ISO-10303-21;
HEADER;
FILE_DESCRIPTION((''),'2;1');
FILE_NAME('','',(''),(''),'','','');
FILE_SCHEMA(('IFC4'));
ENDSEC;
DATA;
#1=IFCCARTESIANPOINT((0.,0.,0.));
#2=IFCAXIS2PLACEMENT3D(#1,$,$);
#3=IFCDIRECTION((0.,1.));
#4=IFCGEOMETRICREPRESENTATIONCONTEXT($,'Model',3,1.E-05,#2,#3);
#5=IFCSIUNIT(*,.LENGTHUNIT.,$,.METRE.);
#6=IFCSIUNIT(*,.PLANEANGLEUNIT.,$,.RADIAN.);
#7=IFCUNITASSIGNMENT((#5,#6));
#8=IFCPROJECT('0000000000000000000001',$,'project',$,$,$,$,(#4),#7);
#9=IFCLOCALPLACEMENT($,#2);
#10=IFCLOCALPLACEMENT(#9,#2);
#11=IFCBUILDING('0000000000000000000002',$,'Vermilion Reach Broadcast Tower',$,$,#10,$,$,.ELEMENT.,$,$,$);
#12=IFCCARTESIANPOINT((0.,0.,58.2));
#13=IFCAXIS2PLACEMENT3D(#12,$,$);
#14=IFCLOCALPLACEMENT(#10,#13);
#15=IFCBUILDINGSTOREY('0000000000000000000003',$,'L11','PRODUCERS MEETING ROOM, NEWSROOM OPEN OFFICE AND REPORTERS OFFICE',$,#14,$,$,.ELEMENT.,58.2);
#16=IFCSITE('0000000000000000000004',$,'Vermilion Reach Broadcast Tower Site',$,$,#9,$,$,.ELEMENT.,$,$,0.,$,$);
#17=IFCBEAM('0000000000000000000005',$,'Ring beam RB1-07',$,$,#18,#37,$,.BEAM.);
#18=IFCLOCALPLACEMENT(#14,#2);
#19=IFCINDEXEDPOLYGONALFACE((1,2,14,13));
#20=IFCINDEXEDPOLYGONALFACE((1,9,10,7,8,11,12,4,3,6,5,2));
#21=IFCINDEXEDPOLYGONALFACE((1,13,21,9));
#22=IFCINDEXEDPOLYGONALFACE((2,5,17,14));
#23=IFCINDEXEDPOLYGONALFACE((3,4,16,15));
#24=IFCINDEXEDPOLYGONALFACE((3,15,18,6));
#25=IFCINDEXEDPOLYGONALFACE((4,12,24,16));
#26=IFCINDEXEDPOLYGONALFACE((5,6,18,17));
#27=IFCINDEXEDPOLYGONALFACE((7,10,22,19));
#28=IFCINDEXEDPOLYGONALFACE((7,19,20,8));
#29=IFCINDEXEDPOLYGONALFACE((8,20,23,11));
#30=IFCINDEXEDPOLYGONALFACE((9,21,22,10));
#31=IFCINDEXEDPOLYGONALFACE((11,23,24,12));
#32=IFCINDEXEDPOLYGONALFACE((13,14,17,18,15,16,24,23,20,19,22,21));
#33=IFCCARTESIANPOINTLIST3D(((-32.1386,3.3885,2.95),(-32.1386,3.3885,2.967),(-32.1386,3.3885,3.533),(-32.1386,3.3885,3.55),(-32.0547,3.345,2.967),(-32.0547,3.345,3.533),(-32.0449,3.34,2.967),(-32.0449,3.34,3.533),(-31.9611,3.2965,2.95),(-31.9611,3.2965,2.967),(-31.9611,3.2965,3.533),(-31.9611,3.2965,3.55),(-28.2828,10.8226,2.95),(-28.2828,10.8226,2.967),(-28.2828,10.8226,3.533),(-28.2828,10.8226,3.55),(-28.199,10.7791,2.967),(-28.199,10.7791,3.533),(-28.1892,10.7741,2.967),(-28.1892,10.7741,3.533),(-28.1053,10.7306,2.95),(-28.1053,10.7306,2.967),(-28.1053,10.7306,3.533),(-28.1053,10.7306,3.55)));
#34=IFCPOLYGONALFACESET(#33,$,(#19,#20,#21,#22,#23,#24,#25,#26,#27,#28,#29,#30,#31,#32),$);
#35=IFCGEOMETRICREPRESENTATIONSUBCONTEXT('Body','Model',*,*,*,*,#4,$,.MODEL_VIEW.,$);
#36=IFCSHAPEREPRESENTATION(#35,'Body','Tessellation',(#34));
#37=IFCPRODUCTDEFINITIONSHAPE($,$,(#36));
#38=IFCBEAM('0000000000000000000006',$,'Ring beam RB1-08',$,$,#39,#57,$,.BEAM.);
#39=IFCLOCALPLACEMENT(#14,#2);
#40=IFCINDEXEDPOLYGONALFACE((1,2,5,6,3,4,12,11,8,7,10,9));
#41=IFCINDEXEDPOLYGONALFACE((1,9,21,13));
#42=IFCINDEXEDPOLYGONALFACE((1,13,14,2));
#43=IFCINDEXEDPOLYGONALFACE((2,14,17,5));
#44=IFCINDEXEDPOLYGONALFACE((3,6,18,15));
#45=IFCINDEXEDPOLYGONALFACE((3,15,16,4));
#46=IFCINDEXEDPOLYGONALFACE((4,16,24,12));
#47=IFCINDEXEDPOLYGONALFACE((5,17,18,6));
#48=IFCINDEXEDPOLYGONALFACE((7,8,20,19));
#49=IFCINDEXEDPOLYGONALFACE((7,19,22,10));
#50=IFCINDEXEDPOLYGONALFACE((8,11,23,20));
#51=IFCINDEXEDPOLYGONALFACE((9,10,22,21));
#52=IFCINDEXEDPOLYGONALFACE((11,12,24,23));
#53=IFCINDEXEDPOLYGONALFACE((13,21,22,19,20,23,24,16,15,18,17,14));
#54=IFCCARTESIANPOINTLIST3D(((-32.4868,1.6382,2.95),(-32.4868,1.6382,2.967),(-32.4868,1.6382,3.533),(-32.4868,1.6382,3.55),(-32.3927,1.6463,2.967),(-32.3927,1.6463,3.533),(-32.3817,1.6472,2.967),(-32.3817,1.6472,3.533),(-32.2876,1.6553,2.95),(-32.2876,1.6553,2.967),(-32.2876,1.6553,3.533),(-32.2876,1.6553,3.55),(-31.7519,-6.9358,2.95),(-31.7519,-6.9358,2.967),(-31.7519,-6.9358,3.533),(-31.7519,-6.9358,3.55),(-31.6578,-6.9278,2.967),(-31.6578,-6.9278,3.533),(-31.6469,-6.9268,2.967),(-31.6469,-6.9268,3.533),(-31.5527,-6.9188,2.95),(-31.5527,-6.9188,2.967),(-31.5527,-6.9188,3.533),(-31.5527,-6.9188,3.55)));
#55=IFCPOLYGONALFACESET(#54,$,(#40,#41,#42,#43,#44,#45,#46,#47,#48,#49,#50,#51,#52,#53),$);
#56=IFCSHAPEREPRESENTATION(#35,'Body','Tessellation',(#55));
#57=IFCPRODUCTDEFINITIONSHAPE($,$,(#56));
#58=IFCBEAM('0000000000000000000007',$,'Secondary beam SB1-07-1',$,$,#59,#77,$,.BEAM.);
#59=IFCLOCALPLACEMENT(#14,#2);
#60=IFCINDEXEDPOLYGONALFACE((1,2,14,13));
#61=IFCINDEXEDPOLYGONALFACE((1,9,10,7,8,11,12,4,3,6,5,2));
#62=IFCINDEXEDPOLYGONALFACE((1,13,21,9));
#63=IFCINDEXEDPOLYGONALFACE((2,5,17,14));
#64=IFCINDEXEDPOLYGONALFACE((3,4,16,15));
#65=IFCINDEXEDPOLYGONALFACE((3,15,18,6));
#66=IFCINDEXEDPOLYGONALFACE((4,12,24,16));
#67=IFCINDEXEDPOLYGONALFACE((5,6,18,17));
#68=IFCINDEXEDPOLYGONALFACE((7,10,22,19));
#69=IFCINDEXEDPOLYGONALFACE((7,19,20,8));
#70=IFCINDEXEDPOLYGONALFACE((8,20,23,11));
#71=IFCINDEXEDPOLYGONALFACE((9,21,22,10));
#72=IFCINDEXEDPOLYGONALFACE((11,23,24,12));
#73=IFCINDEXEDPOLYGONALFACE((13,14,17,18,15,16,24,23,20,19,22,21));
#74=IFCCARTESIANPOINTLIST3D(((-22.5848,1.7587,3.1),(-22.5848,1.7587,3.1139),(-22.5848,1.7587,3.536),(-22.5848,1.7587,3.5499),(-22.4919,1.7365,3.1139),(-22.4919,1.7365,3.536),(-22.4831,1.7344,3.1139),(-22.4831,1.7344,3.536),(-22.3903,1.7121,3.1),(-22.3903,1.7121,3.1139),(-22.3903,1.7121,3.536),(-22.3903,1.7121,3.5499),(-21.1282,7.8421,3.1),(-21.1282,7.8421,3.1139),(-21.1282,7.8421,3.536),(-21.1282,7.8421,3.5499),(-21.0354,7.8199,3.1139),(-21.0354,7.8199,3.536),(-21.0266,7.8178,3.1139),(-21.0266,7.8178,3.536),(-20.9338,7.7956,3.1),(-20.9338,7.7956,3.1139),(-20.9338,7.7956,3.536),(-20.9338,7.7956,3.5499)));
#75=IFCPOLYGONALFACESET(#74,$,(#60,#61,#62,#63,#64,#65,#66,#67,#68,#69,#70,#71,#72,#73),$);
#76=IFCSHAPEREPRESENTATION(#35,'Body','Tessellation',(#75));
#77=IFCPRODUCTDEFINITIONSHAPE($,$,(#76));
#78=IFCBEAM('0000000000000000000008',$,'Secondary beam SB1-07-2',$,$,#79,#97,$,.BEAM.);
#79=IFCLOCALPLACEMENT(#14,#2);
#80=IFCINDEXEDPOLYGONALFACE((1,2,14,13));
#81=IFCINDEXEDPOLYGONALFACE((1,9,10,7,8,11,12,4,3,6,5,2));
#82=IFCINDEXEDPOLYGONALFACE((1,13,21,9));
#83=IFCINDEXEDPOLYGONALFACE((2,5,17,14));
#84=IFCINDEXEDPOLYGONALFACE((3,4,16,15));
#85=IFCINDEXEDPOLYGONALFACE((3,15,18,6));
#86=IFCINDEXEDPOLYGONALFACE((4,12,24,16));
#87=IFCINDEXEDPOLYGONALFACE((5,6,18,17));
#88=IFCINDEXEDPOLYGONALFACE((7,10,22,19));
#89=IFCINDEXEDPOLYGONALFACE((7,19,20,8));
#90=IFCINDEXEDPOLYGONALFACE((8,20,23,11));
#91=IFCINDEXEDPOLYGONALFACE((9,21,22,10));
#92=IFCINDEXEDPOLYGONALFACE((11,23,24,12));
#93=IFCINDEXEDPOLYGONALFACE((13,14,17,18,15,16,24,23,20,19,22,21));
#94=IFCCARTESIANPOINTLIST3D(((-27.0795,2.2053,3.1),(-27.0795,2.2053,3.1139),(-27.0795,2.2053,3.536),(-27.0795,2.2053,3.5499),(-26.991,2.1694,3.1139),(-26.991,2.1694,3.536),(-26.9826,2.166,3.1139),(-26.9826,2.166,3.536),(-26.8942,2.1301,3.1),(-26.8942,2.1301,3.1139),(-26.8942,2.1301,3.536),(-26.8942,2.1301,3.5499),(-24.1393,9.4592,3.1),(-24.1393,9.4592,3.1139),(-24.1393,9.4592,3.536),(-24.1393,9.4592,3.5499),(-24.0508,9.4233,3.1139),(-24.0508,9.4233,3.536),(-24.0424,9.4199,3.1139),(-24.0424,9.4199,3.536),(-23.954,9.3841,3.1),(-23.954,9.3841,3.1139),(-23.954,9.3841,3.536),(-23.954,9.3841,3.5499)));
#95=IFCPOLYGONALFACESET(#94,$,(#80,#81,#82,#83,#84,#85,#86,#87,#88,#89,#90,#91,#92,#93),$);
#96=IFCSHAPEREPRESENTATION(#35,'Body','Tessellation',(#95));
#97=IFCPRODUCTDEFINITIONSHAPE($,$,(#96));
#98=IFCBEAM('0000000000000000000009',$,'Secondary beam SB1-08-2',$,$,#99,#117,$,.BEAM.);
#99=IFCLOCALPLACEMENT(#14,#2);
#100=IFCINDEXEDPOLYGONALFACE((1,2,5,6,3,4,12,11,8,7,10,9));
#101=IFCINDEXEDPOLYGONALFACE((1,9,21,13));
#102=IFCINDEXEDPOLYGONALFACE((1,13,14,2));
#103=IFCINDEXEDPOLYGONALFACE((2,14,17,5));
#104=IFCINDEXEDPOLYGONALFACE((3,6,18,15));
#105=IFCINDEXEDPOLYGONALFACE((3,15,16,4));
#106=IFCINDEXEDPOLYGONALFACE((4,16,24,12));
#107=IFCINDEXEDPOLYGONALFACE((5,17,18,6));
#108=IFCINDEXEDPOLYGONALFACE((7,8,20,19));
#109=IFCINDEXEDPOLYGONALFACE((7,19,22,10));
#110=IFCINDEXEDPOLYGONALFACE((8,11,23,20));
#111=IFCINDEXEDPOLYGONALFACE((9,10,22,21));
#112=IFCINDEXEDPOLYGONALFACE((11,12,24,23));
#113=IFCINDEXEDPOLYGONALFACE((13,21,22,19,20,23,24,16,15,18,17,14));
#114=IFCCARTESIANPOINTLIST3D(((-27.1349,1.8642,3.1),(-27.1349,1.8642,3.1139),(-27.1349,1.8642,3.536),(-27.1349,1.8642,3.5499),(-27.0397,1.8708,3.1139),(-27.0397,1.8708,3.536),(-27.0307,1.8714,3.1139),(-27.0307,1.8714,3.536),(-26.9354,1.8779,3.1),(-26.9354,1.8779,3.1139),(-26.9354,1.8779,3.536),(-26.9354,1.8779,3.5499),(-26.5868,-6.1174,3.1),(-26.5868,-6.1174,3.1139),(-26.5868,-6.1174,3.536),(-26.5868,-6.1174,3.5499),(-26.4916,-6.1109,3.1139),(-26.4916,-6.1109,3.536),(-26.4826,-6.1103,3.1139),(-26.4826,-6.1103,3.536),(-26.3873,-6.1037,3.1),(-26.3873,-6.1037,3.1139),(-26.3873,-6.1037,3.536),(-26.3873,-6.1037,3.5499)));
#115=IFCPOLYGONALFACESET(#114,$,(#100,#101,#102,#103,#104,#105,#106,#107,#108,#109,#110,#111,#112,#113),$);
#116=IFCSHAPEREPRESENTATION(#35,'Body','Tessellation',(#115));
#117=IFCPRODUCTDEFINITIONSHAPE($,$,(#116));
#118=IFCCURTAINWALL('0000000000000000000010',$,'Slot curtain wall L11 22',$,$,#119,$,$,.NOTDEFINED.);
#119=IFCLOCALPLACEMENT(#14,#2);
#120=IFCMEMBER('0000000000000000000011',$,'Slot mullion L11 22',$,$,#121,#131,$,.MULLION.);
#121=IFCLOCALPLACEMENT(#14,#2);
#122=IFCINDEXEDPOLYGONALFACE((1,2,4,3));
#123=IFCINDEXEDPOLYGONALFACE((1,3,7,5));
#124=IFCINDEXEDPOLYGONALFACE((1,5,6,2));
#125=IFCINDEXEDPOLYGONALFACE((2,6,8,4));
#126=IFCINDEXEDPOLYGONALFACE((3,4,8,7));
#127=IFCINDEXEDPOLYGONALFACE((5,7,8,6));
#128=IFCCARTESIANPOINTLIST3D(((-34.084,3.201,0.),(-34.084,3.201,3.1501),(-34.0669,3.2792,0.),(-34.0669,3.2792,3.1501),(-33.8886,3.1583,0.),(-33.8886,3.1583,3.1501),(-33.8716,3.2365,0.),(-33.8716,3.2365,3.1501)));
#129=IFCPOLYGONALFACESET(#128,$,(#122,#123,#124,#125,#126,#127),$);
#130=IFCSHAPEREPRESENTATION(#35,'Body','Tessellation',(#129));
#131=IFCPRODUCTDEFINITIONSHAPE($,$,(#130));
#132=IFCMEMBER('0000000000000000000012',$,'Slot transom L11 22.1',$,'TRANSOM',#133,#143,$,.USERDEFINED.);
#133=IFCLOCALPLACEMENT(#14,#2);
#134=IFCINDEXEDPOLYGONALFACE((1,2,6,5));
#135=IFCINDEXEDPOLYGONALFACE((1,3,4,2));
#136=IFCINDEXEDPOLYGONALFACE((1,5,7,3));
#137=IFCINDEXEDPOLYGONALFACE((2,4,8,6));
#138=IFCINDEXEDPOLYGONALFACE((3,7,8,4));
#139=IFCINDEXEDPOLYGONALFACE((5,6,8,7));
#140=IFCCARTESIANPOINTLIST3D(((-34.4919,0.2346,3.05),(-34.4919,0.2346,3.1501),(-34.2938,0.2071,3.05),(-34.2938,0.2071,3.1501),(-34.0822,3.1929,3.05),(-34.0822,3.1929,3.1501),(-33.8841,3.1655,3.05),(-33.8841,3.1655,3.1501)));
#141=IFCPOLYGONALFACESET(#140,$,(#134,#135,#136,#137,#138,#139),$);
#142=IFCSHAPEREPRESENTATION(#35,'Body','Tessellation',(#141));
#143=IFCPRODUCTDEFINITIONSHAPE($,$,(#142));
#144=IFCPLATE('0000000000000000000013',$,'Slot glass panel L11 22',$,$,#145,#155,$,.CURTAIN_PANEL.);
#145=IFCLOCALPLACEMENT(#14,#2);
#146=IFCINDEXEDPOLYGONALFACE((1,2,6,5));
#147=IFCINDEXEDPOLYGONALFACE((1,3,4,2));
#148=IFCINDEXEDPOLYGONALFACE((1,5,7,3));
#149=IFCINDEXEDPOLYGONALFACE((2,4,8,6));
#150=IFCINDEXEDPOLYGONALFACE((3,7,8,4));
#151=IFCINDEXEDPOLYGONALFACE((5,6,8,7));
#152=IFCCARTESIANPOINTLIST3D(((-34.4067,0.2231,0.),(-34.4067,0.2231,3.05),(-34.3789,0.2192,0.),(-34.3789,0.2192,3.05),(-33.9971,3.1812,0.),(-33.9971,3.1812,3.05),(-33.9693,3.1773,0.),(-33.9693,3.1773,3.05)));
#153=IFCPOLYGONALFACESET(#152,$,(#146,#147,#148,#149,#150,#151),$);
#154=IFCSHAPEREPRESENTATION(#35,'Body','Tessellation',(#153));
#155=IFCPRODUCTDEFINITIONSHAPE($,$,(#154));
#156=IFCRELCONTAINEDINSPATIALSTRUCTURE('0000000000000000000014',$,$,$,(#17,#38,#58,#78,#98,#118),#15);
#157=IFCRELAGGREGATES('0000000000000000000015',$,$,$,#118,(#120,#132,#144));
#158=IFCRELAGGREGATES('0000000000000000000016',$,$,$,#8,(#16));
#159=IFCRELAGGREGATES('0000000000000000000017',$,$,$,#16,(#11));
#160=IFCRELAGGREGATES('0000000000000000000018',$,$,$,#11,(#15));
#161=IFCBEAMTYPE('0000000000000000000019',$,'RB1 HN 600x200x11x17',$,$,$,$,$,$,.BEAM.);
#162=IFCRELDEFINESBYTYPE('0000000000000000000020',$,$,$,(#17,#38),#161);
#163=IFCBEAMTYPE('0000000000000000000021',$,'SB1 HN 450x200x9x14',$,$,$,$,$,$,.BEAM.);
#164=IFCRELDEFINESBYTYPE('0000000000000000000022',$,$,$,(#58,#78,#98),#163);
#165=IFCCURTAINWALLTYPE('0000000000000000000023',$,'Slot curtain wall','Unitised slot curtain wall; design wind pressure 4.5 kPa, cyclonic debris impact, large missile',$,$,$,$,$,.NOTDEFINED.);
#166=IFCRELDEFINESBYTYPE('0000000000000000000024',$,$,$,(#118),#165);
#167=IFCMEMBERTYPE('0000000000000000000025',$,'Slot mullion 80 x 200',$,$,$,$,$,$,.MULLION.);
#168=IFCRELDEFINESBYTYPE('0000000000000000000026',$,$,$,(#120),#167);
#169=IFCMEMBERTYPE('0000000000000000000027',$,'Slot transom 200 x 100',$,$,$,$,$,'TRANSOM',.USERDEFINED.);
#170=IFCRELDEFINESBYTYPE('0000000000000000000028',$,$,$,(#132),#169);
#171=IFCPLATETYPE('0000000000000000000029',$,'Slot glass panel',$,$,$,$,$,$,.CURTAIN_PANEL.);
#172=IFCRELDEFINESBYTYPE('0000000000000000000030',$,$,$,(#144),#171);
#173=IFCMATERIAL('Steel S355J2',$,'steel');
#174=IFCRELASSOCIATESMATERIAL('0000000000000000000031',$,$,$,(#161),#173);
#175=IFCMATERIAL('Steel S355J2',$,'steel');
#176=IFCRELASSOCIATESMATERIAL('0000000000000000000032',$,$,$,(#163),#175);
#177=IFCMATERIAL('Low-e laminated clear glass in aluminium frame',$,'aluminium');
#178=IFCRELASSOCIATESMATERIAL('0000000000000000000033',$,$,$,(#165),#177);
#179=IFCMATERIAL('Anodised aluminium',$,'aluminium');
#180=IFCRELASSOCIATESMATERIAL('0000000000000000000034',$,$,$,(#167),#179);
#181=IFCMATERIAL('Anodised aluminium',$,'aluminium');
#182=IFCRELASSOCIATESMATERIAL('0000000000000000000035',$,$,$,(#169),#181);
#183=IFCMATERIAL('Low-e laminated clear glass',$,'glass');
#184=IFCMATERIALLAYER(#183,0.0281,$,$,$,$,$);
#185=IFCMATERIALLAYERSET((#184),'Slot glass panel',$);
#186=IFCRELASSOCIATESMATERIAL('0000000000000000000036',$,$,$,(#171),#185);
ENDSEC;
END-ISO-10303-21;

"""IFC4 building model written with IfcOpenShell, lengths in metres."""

from ifc_helpers import new_model, si_unit, direction, frame, origin, origin_2d, place, context, subcontext, project, spatial, rectangle, i_section, extrude, material, layer, layer_set, material_profile, profile_set, type_object, element, aggregate, save


model = new_model("IFC4")

# Units and contexts
model_context = context("Model", 3, precision=1e-05, world=origin(), true_north=direction((0.0, 1.0)))
body_context = subcontext(model_context, "Body", "Model", "MODEL_VIEW")
ifc_project = project(units=[si_unit("LENGTHUNIT", "METRE"), si_unit("PLANEANGLEUNIT", "RADIAN")], contexts=[model_context])

# Site, building, storey
site_placement = place(None, origin())
site = spatial("IfcSite", under=ifc_project, at=site_placement, Name="Vermilion Reach Broadcast Tower Site", CompositionType="ELEMENT", RefElevation=0.0)
building_placement = place(site_placement, origin())
building = spatial("IfcBuilding", under=site, at=building_placement, Name="Vermilion Reach Broadcast Tower", CompositionType="ELEMENT")
storey_placement = place(building_placement, frame((0.0, 0.0, 58.2)))
storey = spatial("IfcBuildingStorey", under=building, at=storey_placement, Name="L11", Description="PRODUCERS MEETING ROOM, NEWSROOM OPEN OFFICE AND REPORTERS OFFICE", CompositionType="ELEMENT", Elevation=58.2)

# Beams
ifc_material_1 = material(Name="Steel S355J2", Category="steel")
ifc_material_profile_1 = material_profile(ifc_material_1, i_section(OverallWidth=0.2, OverallDepth=0.6001, WebThickness=0.011, FlangeThickness=0.0171, at=origin_2d()), Name="S355J2 HN 600x200x11x17")
ifc_profile_set_1 = profile_set([ifc_material_profile_1], Name="Steel S355J2")
beam_type_1 = type_object("IfcBeamType", Name="RB1 HN 600x200x11x17", PredefinedType="BEAM", material=ifc_profile_set_1)
beam_1_placement = place(storey_placement, frame((-28.1941, 10.7766, 3.25), z_axis=(-0.460412, -0.887706, 0.0), x_axis=(0.887706, -0.460412, 0.0)))
element("IfcBeam", 1, at=beam_1_placement, inside=storey, type_object=beam_type_1, Name="Ring beam RB1-07", PredefinedType="BEAM", context=body_context, shape_type="SweptSolid", body=[
    extrude(i_section(OverallWidth=0.2, OverallDepth=0.6001, WebThickness=0.011, FlangeThickness=0.0171, at=origin_2d()), origin(), (0.0, 0.0, 1.0), 8.3745),
])
beam_2_placement = place(storey_placement, frame((-32.3872, 1.6467, 3.25), z_axis=(0.085396, -0.996347, 0.0), x_axis=(0.996347, 0.085396, 0.0)))
element("IfcBeam", 2, at=beam_2_placement, inside=storey, type_object=beam_type_1, Name="Ring beam RB1-08", PredefinedType="BEAM", context=body_context, shape_type="SweptSolid", body=[
    extrude(i_section(OverallWidth=0.2, OverallDepth=0.6001, WebThickness=0.011, FlangeThickness=0.0171, at=origin_2d()), origin(), (0.0, 0.0, 1.0), 8.6055),
])
ifc_material_2 = material(Name="Steel S355J2", Category="steel")
ifc_material_profile_2 = material_profile(ifc_material_2, i_section(OverallWidth=0.2, OverallDepth=0.45, WebThickness=0.009, FlangeThickness=0.0139, at=origin_2d()), Name="S355J2 HN 450x200x9x14")
ifc_profile_set_2 = profile_set([ifc_material_profile_2], Name="Steel S355J2")
beam_type_2 = type_object("IfcBeamType", Name="SB1 HN 450x200x9x14", PredefinedType="BEAM", material=ifc_profile_set_2)
beam_3_placement = place(storey_placement, frame((-21.031, 7.8188, 3.325), z_axis=(-0.232844, -0.972514, 0.0), x_axis=(0.972514, -0.232844, 0.0)))
element("IfcBeam", 3, at=beam_3_placement, inside=storey, type_object=beam_type_2, Name="Secondary beam SB1-07-1", PredefinedType="BEAM", context=body_context, shape_type="SweptSolid", body=[
    extrude(i_section(OverallWidth=0.2, OverallDepth=0.45, WebThickness=0.009, FlangeThickness=0.0139, at=origin_2d()), origin(), (0.0, 0.0, 1.0), 6.2554),
])
beam_4_placement = place(storey_placement, frame((-24.0466, 9.4216, 3.325), z_axis=(-0.375641, -0.926765, 0.0), x_axis=(0.926765, -0.375641, 0.0)))
element("IfcBeam", 4, at=beam_4_placement, inside=storey, type_object=beam_type_2, Name="Secondary beam SB1-07-2", PredefinedType="BEAM", context=body_context, shape_type="SweptSolid", body=[
    extrude(i_section(OverallWidth=0.2, OverallDepth=0.45, WebThickness=0.009, FlangeThickness=0.0139, at=origin_2d()), origin(), (0.0, 0.0, 1.0), 7.8271),
])
beam_5_placement = place(storey_placement, frame((-27.0352, 1.8711, 3.325), z_axis=(0.068508, -0.997651, 0.0), x_axis=(0.997651, 0.068508, 0.0)))
element("IfcBeam", 5, at=beam_5_placement, inside=storey, type_object=beam_type_2, Name="Secondary beam SB1-08-2", PredefinedType="BEAM", context=body_context, shape_type="SweptSolid", body=[
    extrude(i_section(OverallWidth=0.2, OverallDepth=0.45, WebThickness=0.009, FlangeThickness=0.0139, at=origin_2d()), origin(), (0.0, 0.0, 1.0), 8.0005),
])

# Curtain wall, members, plate
ifc_material_3 = material(Name="Low-e laminated clear glass in aluminium frame", Category="aluminium")
curtain_wall_type = type_object("IfcCurtainWallType", Name="Slot curtain wall", Description="Unitised slot curtain wall; design wind pressure 4.5 kPa, cyclonic debris impact, large missile", PredefinedType="NOTDEFINED", material=ifc_material_3)
curtain_wall_placement = place(storey_placement, origin())
curtain_wall = element("IfcCurtainWall", 6, at=curtain_wall_placement, inside=storey, type_object=curtain_wall_type, Name="Slot curtain wall L11 22", PredefinedType="NOTDEFINED")
ifc_material_4 = material(Name="Anodised aluminium", Category="aluminium")
ifc_material_profile_3 = material_profile(ifc_material_4, rectangle(XDim=0.2, YDim=0.0801, at=origin_2d()), Name="Slot mullion 80 x 200")
ifc_profile_set_3 = profile_set([ifc_material_profile_3], Name="Anodised aluminium")
member_type_1 = type_object("IfcMemberType", Name="Slot mullion 80 x 200", PredefinedType="MULLION", material=ifc_profile_set_3)
member_1_placement = place(storey_placement, frame((-33.9778, 3.2188, 0.0), z_axis=(0.0, 0.0, 1.0), x_axis=(0.976996, -0.213259, 0.0)))
member_1 = element("IfcMember", 7, at=member_1_placement, type_object=member_type_1, Name="Slot mullion L11 22", PredefinedType="MULLION", context=body_context, shape_type="SweptSolid", body=[
    extrude(rectangle(XDim=0.2, YDim=0.0801, at=origin_2d()), origin(), (0.0, 0.0, 1.0), 3.1501),
])
ifc_material_5 = material(Name="Anodised aluminium", Category="aluminium")
ifc_material_profile_4 = material_profile(ifc_material_5, rectangle(XDim=0.2, YDim=0.1001, at=origin_2d()), Name="Slot transom 200 x 100")
ifc_profile_set_4 = profile_set([ifc_material_profile_4], Name="Anodised aluminium")
member_type_2 = type_object("IfcMemberType", Name="Slot transom 200 x 100", ElementType="TRANSOM", PredefinedType="USERDEFINED", material=ifc_profile_set_4)
member_2_placement = place(storey_placement, frame((-33.9832, 3.1792, 3.1001), z_axis=(-0.137174, -0.990547, 0.0), x_axis=(0.990547, -0.137174, 0.0)))
member_2 = element("IfcMember", 8, at=member_2_placement, type_object=member_type_2, Name="Slot transom L11 22.1", ObjectType="TRANSOM", PredefinedType="USERDEFINED", context=body_context, shape_type="SweptSolid", body=[
    extrude(rectangle(XDim=0.2, YDim=0.1001, at=origin_2d()), origin(), (0.0, 0.0, 1.0), 2.9866),
])
ifc_material_6 = material(Name="Low-e laminated clear glass", Category="glass")
ifc_layer_1 = layer(ifc_material_6, 0.0281)
ifc_layer_set_1 = layer_set([ifc_layer_1], Name="Slot glass panel")
plate_type = type_object("IfcPlateType", Name="Slot glass panel", PredefinedType="CURTAIN_PANEL", material=ifc_layer_set_1)
plate_placement = place(storey_placement, frame((-34.188, 1.7002, 0.0), z_axis=(0.0, 0.0, 1.0), x_axis=(-0.137177, -0.990547, 0.0)))
plate = element("IfcPlate", 9, at=plate_placement, type_object=plate_type, Name="Slot glass panel L11 22", PredefinedType="CURTAIN_PANEL", context=body_context, shape_type="SweptSolid", body=[
    extrude(rectangle(XDim=2.9863, YDim=0.0281, at=origin_2d()), origin(), (0.0, 0.0, 1.0), 3.05),
])
aggregate(curtain_wall, [member_1, member_2, plate])

save(model, "model.ifc")
